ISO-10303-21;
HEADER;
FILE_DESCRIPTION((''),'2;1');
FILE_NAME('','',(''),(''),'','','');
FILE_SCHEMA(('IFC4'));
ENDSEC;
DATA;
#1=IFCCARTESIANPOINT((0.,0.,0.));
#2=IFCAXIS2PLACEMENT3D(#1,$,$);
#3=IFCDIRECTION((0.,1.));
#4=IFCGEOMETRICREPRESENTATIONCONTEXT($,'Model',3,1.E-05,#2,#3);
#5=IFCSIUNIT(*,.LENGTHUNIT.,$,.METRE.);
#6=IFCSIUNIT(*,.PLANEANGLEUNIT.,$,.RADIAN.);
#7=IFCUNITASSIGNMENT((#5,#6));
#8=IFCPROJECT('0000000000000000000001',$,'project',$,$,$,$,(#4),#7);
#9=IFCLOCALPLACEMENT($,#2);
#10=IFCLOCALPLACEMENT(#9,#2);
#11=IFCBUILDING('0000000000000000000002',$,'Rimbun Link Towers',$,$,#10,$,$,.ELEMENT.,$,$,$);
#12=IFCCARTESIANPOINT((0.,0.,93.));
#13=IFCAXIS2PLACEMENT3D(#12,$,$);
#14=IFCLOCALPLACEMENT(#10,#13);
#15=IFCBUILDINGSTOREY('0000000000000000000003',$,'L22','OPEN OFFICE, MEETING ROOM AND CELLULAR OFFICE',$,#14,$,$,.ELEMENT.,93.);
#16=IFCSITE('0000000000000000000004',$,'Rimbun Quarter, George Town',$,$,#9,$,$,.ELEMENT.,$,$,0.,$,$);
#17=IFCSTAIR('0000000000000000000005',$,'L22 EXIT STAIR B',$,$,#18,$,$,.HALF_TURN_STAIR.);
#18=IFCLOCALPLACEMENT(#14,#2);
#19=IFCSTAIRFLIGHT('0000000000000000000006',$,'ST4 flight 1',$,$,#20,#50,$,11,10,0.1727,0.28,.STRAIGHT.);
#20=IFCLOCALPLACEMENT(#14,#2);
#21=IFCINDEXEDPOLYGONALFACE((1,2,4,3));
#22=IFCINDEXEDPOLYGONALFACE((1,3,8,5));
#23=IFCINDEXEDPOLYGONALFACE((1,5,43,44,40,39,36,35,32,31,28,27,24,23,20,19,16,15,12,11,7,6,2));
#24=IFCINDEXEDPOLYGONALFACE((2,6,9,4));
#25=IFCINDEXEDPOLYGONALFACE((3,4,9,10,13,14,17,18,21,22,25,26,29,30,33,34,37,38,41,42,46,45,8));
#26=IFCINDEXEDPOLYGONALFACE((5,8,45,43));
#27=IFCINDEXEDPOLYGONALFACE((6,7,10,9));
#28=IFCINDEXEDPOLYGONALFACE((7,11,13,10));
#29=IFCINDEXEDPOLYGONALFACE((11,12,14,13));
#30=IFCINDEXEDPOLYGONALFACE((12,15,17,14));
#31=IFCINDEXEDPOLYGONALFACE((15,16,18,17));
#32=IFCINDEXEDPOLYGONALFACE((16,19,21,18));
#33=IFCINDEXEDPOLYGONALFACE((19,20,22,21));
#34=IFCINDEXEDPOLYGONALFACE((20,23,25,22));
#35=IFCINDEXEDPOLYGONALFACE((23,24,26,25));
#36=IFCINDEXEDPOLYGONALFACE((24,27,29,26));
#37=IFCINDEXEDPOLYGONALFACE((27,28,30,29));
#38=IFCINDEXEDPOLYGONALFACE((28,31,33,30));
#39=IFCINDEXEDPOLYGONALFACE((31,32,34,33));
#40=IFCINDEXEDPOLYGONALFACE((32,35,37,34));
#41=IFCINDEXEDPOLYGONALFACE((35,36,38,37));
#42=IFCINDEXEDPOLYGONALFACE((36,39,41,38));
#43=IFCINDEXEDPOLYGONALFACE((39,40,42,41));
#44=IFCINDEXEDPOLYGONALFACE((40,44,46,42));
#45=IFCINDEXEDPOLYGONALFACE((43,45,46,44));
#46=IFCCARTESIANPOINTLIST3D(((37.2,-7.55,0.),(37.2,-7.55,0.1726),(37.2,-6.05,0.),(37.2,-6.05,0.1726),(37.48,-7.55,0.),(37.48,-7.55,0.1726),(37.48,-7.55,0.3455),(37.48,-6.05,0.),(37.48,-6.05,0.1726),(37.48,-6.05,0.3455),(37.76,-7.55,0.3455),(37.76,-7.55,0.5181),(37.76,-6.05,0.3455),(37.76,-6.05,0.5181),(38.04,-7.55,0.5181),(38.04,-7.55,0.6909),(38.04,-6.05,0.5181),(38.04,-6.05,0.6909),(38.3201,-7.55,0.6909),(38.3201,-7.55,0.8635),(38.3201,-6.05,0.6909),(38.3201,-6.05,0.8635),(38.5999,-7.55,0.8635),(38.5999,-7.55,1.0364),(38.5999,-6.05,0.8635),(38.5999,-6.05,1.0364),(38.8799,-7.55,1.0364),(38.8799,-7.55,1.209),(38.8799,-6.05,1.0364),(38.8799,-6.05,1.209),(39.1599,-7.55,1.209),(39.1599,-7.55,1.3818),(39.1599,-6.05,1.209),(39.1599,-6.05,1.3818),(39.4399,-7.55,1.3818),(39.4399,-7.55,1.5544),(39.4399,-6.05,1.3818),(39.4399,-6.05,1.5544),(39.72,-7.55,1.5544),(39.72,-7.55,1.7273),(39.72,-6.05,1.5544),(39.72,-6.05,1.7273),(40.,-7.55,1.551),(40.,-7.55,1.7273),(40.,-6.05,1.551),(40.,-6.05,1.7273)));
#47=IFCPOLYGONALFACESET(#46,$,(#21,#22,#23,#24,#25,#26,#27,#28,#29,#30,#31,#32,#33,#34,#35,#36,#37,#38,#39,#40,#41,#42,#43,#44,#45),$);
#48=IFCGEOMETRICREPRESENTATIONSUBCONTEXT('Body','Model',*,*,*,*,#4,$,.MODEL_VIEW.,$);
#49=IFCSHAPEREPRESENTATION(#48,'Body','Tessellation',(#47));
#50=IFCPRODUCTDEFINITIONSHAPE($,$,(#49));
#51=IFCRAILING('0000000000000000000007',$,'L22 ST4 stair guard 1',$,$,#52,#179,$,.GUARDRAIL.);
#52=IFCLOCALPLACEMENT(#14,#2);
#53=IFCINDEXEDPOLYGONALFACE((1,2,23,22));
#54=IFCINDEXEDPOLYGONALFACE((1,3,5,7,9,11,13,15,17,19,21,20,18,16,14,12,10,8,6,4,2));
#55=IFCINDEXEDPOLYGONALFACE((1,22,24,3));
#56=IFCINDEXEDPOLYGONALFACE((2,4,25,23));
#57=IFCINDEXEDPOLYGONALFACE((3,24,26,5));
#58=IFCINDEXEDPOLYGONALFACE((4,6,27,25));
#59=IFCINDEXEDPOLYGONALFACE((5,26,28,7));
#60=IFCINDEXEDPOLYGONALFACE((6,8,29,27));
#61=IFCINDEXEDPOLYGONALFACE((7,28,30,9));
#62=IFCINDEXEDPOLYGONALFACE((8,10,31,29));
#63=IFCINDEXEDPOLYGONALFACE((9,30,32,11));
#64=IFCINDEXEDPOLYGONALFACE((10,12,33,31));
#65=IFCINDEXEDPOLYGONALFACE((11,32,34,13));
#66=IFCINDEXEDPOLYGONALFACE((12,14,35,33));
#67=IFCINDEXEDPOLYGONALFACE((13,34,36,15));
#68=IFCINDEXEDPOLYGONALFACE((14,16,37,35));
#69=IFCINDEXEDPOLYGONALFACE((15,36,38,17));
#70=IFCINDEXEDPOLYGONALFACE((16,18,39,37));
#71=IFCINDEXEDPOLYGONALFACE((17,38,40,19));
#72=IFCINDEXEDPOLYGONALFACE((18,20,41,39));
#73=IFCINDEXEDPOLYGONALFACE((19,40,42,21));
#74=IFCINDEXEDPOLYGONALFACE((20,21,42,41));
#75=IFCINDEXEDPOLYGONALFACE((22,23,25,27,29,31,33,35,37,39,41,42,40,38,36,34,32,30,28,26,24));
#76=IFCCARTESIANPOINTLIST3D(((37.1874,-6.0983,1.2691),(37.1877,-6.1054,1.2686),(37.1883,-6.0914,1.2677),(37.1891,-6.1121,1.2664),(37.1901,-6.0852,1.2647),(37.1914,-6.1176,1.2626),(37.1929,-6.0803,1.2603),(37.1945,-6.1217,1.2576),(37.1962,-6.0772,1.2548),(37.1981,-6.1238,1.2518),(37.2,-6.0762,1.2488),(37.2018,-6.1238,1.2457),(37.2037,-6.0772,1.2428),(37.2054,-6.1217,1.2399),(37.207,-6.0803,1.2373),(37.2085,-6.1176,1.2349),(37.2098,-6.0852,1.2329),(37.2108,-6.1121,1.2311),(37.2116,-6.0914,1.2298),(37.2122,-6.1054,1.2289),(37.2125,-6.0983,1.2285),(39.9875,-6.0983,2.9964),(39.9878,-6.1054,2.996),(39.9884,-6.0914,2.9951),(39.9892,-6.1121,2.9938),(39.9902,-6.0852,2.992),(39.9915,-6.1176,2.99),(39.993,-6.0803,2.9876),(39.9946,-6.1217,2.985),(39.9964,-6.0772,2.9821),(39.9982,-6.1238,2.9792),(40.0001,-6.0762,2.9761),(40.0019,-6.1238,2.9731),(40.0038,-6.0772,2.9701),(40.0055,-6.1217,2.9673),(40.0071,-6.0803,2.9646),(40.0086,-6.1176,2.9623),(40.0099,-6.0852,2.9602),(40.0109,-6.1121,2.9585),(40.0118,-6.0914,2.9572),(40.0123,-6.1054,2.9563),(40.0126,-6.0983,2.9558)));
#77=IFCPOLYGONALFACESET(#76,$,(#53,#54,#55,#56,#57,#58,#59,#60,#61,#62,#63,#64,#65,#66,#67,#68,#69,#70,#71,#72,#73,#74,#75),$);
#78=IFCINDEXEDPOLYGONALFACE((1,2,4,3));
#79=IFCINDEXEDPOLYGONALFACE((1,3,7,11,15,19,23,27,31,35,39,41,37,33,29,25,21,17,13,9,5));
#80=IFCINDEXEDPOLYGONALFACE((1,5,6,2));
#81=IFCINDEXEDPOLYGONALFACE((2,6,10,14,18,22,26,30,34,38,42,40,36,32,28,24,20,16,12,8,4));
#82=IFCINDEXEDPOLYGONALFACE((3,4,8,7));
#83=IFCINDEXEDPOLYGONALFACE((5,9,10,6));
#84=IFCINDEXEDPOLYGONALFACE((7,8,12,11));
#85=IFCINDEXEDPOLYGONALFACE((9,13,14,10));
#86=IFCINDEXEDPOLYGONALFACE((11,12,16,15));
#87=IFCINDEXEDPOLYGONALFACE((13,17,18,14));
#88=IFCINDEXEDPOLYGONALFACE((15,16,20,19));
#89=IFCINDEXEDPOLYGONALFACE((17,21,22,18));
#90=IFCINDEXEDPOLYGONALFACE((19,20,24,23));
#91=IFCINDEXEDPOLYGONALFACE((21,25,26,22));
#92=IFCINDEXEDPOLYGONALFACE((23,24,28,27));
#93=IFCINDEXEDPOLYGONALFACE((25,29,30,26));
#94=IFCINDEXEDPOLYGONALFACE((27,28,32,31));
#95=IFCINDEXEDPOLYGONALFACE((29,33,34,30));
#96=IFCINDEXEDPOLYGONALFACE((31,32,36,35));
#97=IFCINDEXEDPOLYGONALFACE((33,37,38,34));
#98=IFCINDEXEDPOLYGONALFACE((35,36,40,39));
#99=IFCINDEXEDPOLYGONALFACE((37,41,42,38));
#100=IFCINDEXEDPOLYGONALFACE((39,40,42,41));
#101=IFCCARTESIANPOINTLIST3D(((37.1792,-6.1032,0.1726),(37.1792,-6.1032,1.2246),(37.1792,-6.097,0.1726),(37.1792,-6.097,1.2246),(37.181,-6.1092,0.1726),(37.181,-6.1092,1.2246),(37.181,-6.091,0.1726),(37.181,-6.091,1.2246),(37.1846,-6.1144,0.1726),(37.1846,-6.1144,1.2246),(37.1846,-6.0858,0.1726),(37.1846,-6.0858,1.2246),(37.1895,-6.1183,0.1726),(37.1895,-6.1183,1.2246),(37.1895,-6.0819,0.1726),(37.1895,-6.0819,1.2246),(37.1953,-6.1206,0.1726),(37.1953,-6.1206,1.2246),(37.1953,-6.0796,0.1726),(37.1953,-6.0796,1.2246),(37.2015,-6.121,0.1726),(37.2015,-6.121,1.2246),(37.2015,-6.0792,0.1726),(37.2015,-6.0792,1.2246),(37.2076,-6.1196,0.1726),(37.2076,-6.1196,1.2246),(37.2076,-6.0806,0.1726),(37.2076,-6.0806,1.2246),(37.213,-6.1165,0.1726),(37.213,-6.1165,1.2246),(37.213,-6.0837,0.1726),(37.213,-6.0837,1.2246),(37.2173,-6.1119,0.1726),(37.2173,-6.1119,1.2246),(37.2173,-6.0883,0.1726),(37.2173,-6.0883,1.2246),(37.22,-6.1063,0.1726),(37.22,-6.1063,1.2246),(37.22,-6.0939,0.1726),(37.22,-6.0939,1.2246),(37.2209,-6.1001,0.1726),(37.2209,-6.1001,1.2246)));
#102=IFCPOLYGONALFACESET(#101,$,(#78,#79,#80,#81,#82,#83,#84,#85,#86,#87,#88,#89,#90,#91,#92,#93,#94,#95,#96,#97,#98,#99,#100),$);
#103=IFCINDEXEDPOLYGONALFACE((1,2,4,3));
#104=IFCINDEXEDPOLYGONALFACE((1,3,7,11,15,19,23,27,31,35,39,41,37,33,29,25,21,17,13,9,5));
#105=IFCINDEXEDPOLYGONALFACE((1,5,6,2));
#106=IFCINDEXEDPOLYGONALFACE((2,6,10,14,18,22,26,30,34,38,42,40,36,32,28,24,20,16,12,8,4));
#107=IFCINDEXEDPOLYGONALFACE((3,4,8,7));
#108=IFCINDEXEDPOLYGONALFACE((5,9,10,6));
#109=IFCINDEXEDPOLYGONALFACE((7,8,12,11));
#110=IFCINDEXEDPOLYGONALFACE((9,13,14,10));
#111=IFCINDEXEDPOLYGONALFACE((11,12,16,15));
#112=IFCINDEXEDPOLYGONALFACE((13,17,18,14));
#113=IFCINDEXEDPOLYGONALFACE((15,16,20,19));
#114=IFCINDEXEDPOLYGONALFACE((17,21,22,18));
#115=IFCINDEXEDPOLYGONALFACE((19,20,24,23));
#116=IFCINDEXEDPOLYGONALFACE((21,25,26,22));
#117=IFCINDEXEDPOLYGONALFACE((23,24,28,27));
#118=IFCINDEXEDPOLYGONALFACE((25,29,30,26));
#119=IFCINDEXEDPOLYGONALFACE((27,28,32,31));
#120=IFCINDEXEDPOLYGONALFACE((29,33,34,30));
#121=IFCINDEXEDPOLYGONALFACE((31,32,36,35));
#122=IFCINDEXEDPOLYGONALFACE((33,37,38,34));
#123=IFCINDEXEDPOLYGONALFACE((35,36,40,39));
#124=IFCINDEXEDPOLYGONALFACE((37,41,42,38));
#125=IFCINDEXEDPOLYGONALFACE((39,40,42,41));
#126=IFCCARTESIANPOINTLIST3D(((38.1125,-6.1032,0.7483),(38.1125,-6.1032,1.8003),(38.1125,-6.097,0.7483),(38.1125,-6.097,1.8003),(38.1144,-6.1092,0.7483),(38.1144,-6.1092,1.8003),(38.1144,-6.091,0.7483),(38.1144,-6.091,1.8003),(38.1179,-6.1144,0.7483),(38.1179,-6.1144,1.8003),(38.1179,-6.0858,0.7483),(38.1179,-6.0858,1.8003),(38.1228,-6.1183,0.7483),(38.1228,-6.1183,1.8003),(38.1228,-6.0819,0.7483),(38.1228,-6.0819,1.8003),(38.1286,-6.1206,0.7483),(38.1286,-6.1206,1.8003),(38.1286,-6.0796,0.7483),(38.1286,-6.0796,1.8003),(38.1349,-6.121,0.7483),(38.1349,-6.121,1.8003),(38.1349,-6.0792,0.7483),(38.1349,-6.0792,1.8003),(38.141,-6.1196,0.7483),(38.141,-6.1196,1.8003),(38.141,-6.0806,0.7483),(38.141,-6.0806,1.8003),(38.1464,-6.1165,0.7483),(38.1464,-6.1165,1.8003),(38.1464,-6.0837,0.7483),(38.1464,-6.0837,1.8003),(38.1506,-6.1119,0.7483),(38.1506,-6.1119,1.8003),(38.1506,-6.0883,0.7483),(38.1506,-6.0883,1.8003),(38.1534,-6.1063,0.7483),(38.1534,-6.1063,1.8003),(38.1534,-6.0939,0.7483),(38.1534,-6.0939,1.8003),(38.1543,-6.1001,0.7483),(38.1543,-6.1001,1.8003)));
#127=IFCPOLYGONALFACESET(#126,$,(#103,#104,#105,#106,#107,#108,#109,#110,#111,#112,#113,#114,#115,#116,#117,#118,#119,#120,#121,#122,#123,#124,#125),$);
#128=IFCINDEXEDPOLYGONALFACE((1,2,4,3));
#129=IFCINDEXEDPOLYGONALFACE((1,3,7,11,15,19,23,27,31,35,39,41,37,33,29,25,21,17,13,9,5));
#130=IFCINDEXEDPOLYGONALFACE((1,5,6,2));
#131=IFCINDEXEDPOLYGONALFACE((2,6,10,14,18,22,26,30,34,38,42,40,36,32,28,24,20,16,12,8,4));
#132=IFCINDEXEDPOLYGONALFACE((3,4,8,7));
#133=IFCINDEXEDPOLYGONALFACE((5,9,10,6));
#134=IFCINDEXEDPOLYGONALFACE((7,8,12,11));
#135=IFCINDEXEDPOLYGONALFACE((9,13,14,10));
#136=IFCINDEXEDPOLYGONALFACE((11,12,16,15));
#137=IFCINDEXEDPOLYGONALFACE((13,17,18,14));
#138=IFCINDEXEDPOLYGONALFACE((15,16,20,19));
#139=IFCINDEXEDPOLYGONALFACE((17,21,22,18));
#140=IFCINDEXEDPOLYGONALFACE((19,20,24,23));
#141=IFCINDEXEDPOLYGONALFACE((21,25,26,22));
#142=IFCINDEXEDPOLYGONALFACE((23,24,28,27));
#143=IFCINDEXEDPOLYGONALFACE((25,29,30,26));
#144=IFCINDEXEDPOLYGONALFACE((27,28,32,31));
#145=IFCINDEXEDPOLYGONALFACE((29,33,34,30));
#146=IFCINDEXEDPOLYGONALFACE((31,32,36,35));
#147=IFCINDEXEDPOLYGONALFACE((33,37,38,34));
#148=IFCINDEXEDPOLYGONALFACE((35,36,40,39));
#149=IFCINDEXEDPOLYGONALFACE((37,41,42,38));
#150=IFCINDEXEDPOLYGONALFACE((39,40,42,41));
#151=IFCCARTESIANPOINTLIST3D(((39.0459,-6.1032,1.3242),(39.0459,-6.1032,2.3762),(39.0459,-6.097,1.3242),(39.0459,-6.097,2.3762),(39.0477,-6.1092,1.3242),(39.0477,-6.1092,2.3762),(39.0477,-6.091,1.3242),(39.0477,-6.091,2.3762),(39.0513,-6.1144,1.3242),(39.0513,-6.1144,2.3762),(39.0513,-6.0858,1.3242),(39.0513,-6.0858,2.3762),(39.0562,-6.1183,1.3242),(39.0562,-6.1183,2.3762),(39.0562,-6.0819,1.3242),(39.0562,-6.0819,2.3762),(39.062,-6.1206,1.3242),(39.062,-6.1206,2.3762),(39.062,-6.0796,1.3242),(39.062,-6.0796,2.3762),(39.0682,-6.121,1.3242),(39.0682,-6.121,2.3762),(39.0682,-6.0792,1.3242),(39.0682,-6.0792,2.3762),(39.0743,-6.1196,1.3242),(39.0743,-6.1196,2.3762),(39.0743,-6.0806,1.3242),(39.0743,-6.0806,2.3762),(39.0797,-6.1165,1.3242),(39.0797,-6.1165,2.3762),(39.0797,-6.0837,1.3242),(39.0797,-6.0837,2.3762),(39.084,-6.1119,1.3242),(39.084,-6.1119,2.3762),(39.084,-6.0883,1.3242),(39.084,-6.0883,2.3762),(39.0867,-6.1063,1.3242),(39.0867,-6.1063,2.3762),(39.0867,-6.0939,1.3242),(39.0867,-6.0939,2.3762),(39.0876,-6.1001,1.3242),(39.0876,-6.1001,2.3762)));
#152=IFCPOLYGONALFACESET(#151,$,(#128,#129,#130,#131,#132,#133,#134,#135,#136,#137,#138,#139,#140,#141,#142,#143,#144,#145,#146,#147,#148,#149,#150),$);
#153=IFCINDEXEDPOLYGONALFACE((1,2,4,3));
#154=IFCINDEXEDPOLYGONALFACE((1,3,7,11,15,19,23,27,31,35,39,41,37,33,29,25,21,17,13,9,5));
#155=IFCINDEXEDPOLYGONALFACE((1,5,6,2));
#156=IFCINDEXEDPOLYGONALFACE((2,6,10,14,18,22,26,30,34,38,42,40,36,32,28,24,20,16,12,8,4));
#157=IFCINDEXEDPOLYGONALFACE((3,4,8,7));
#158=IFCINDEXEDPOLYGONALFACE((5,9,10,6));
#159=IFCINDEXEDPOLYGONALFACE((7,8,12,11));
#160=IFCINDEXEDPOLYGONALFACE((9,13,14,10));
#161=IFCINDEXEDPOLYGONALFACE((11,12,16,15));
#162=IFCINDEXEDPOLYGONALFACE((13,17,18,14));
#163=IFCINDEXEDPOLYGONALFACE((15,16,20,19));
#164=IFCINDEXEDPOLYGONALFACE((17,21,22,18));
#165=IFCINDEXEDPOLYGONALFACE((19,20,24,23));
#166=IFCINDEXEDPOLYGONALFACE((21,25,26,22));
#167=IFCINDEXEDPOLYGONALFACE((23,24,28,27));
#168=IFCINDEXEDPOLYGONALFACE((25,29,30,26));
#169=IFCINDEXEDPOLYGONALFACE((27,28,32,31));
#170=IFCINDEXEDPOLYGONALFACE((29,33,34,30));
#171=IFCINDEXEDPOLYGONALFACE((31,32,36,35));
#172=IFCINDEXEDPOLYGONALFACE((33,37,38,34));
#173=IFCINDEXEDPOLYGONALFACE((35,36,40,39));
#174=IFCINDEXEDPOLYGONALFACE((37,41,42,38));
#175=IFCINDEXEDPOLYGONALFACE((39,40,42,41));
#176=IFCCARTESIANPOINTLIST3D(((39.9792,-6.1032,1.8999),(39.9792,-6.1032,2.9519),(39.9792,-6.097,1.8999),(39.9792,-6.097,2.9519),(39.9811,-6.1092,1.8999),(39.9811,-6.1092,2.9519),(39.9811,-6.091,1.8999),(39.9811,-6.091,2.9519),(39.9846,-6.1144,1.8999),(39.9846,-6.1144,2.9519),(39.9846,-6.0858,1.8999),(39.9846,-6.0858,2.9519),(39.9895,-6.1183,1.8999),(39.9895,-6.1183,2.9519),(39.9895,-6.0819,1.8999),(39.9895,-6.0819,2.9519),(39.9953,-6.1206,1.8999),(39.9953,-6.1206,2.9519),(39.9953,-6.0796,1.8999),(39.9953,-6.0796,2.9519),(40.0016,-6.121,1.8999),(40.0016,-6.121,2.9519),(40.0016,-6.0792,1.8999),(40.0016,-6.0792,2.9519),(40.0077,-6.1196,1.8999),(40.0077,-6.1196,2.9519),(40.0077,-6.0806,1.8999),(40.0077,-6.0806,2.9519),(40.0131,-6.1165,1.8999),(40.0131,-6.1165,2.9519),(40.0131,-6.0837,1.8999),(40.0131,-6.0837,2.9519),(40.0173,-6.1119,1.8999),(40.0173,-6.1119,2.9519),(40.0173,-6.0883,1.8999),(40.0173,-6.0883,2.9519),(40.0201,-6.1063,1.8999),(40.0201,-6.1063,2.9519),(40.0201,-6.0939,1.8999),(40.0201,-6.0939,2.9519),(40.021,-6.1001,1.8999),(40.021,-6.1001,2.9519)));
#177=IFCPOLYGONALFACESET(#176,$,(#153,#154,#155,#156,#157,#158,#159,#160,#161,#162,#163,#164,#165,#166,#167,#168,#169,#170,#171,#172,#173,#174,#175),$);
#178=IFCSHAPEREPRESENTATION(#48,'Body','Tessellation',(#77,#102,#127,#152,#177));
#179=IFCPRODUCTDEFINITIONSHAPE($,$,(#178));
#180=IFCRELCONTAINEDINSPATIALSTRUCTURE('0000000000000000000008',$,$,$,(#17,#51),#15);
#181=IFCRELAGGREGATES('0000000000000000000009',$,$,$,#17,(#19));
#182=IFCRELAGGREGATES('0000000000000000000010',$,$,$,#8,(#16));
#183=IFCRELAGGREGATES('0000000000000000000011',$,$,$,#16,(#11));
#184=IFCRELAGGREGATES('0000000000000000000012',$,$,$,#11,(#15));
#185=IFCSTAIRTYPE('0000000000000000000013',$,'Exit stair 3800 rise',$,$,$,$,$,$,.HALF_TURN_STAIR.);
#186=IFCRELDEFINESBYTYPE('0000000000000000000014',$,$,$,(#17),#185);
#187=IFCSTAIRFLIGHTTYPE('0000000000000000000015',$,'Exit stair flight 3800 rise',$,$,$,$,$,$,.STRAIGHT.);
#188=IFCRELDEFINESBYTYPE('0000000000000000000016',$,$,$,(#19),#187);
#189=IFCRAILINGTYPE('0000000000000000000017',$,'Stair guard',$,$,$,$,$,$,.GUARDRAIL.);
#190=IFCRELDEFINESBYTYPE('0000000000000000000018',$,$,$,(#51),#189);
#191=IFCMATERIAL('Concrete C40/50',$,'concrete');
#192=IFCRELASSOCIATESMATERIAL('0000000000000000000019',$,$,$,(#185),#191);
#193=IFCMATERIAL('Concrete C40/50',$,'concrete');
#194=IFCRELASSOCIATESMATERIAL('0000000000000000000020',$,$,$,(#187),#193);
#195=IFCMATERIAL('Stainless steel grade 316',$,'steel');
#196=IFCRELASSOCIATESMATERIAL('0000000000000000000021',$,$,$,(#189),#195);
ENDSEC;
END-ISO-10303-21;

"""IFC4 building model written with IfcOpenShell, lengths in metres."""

from ifc_helpers import new_model, si_unit, direction, frame, origin, origin_2d, place, context, subcontext, project, spatial, polyline, circle, outline, extrude, material, type_object, element, aggregate, save


model = new_model("IFC4")

# Units and contexts
model_context = context("Model", 3, precision=1e-05, world=origin(), true_north=direction((0.0, 1.0)))
body_context = subcontext(model_context, "Body", "Model", "MODEL_VIEW")
ifc_project = project(units=[si_unit("LENGTHUNIT", "METRE"), si_unit("PLANEANGLEUNIT", "RADIAN")], contexts=[model_context])

# Site, building, storey
site_placement = place(None, origin())
site = spatial("IfcSite", under=ifc_project, at=site_placement, Name="Rimbun Quarter, George Town", CompositionType="ELEMENT", RefElevation=0.0)
building_placement = place(site_placement, origin())
building = spatial("IfcBuilding", under=site, at=building_placement, Name="Rimbun Link Towers", CompositionType="ELEMENT")
storey_placement = place(building_placement, frame((0.0, 0.0, 93.0)))
storey = spatial("IfcBuildingStorey", under=building, at=storey_placement, Name="L22", Description="OPEN OFFICE, MEETING ROOM AND CELLULAR OFFICE", CompositionType="ELEMENT", Elevation=93.0)

# Stair, stair flight
ifc_material_1 = material(Name="Concrete C40/50", Category="concrete")
stair_type = type_object("IfcStairType", Name="Exit stair 3800 rise", PredefinedType="HALF_TURN_STAIR", material=ifc_material_1)
stair_placement = place(storey_placement, origin())
stair = element("IfcStair", 1, at=stair_placement, inside=storey, type_object=stair_type, Name="L22 EXIT STAIR B", PredefinedType="HALF_TURN_STAIR")
ifc_material_2 = material(Name="Concrete C40/50", Category="concrete")
stair_flight_type = type_object("IfcStairFlightType", Name="Exit stair flight 3800 rise", PredefinedType="STRAIGHT", material=ifc_material_2)
stair_flight_placement = place(storey_placement, frame((37.2, -6.8, 0.0), z_axis=(0.0, 0.0, 1.0), x_axis=(1.0, 0.0, 0.0)))
stair_flight = element("IfcStairFlight", 2, at=stair_flight_placement, type_object=stair_flight_type, Name="ST4 flight 1", NumberOfRisers=11, NumberOfTreads=10, PredefinedType="STRAIGHT", RiserHeight=0.1727, TreadLength=0.28, context=body_context, shape_type="SweptSolid", body=[
    extrude(outline(polyline([(0.0, 0.0), (0.0, 0.1726), (0.28, 0.1726), (0.28, 0.3455), (0.5601, 0.3455), (0.5601, 0.5181), (0.8401, 0.5181), (0.8401, 0.6909), (1.1201, 0.6909), (1.1201, 0.8635), (1.3999, 0.8635), (1.3999, 1.0364), (1.6799, 1.0364), (1.6799, 1.209), (1.96, 1.209), (1.96, 1.3818), (2.24, 1.3818), (2.24, 1.5544), (2.52, 1.5544), (2.52, 1.7273), (2.8, 1.7273), (2.8, 1.8999), (2.8, 1.551), (0.28, 0.0), (0.0, 0.0)])), frame((0.0, 0.75, 0.0), z_axis=(0.0, -1.0, 0.0), x_axis=(1.0, 0.0, 0.0)), (0.0, 0.0, 1.0), 1.5),
])
aggregate(stair, [stair_flight])

# Railing
ifc_material_3 = material(Name="Stainless steel grade 316", Category="steel")
railing_type_1 = type_object("IfcRailingType", Name="Stair guard", PredefinedType="GUARDRAIL", material=ifc_material_3)
railing_1_placement = place(storey_placement, frame((37.2, -6.1001, 0.1726)))
element("IfcRailing", 3, at=railing_1_placement, inside=storey, type_object=railing_type_1, Name="L22 ST4 stair guard 1", PredefinedType="GUARDRAIL", context=body_context, shape_type="SweptSolid", body=[
    extrude(circle(Radius=0.0239, at=origin_2d()), frame((0.0, 0.0, 1.0762), z_axis=(0.85109, 0.0, 0.52502), x_axis=(0.0, 1.0, 0.0)), (0.0, 0.0, 1.0), 3.29),
    extrude(circle(Radius=0.021, at=origin_2d()), origin(), (0.0, 0.0, 1.0), 1.052),
    extrude(circle(Radius=0.021, at=origin_2d()), frame((0.9333, 0.0, 0.5757)), (0.0, 0.0, 1.0), 1.052),
    extrude(circle(Radius=0.021, at=origin_2d()), frame((1.8667, 0.0, 1.1516)), (0.0, 0.0, 1.0), 1.052),
    extrude(circle(Radius=0.021, at=origin_2d()), frame((2.8, 0.0, 1.7273)), (0.0, 0.0, 1.0), 1.052),
])

save(model, "model.ifc")
